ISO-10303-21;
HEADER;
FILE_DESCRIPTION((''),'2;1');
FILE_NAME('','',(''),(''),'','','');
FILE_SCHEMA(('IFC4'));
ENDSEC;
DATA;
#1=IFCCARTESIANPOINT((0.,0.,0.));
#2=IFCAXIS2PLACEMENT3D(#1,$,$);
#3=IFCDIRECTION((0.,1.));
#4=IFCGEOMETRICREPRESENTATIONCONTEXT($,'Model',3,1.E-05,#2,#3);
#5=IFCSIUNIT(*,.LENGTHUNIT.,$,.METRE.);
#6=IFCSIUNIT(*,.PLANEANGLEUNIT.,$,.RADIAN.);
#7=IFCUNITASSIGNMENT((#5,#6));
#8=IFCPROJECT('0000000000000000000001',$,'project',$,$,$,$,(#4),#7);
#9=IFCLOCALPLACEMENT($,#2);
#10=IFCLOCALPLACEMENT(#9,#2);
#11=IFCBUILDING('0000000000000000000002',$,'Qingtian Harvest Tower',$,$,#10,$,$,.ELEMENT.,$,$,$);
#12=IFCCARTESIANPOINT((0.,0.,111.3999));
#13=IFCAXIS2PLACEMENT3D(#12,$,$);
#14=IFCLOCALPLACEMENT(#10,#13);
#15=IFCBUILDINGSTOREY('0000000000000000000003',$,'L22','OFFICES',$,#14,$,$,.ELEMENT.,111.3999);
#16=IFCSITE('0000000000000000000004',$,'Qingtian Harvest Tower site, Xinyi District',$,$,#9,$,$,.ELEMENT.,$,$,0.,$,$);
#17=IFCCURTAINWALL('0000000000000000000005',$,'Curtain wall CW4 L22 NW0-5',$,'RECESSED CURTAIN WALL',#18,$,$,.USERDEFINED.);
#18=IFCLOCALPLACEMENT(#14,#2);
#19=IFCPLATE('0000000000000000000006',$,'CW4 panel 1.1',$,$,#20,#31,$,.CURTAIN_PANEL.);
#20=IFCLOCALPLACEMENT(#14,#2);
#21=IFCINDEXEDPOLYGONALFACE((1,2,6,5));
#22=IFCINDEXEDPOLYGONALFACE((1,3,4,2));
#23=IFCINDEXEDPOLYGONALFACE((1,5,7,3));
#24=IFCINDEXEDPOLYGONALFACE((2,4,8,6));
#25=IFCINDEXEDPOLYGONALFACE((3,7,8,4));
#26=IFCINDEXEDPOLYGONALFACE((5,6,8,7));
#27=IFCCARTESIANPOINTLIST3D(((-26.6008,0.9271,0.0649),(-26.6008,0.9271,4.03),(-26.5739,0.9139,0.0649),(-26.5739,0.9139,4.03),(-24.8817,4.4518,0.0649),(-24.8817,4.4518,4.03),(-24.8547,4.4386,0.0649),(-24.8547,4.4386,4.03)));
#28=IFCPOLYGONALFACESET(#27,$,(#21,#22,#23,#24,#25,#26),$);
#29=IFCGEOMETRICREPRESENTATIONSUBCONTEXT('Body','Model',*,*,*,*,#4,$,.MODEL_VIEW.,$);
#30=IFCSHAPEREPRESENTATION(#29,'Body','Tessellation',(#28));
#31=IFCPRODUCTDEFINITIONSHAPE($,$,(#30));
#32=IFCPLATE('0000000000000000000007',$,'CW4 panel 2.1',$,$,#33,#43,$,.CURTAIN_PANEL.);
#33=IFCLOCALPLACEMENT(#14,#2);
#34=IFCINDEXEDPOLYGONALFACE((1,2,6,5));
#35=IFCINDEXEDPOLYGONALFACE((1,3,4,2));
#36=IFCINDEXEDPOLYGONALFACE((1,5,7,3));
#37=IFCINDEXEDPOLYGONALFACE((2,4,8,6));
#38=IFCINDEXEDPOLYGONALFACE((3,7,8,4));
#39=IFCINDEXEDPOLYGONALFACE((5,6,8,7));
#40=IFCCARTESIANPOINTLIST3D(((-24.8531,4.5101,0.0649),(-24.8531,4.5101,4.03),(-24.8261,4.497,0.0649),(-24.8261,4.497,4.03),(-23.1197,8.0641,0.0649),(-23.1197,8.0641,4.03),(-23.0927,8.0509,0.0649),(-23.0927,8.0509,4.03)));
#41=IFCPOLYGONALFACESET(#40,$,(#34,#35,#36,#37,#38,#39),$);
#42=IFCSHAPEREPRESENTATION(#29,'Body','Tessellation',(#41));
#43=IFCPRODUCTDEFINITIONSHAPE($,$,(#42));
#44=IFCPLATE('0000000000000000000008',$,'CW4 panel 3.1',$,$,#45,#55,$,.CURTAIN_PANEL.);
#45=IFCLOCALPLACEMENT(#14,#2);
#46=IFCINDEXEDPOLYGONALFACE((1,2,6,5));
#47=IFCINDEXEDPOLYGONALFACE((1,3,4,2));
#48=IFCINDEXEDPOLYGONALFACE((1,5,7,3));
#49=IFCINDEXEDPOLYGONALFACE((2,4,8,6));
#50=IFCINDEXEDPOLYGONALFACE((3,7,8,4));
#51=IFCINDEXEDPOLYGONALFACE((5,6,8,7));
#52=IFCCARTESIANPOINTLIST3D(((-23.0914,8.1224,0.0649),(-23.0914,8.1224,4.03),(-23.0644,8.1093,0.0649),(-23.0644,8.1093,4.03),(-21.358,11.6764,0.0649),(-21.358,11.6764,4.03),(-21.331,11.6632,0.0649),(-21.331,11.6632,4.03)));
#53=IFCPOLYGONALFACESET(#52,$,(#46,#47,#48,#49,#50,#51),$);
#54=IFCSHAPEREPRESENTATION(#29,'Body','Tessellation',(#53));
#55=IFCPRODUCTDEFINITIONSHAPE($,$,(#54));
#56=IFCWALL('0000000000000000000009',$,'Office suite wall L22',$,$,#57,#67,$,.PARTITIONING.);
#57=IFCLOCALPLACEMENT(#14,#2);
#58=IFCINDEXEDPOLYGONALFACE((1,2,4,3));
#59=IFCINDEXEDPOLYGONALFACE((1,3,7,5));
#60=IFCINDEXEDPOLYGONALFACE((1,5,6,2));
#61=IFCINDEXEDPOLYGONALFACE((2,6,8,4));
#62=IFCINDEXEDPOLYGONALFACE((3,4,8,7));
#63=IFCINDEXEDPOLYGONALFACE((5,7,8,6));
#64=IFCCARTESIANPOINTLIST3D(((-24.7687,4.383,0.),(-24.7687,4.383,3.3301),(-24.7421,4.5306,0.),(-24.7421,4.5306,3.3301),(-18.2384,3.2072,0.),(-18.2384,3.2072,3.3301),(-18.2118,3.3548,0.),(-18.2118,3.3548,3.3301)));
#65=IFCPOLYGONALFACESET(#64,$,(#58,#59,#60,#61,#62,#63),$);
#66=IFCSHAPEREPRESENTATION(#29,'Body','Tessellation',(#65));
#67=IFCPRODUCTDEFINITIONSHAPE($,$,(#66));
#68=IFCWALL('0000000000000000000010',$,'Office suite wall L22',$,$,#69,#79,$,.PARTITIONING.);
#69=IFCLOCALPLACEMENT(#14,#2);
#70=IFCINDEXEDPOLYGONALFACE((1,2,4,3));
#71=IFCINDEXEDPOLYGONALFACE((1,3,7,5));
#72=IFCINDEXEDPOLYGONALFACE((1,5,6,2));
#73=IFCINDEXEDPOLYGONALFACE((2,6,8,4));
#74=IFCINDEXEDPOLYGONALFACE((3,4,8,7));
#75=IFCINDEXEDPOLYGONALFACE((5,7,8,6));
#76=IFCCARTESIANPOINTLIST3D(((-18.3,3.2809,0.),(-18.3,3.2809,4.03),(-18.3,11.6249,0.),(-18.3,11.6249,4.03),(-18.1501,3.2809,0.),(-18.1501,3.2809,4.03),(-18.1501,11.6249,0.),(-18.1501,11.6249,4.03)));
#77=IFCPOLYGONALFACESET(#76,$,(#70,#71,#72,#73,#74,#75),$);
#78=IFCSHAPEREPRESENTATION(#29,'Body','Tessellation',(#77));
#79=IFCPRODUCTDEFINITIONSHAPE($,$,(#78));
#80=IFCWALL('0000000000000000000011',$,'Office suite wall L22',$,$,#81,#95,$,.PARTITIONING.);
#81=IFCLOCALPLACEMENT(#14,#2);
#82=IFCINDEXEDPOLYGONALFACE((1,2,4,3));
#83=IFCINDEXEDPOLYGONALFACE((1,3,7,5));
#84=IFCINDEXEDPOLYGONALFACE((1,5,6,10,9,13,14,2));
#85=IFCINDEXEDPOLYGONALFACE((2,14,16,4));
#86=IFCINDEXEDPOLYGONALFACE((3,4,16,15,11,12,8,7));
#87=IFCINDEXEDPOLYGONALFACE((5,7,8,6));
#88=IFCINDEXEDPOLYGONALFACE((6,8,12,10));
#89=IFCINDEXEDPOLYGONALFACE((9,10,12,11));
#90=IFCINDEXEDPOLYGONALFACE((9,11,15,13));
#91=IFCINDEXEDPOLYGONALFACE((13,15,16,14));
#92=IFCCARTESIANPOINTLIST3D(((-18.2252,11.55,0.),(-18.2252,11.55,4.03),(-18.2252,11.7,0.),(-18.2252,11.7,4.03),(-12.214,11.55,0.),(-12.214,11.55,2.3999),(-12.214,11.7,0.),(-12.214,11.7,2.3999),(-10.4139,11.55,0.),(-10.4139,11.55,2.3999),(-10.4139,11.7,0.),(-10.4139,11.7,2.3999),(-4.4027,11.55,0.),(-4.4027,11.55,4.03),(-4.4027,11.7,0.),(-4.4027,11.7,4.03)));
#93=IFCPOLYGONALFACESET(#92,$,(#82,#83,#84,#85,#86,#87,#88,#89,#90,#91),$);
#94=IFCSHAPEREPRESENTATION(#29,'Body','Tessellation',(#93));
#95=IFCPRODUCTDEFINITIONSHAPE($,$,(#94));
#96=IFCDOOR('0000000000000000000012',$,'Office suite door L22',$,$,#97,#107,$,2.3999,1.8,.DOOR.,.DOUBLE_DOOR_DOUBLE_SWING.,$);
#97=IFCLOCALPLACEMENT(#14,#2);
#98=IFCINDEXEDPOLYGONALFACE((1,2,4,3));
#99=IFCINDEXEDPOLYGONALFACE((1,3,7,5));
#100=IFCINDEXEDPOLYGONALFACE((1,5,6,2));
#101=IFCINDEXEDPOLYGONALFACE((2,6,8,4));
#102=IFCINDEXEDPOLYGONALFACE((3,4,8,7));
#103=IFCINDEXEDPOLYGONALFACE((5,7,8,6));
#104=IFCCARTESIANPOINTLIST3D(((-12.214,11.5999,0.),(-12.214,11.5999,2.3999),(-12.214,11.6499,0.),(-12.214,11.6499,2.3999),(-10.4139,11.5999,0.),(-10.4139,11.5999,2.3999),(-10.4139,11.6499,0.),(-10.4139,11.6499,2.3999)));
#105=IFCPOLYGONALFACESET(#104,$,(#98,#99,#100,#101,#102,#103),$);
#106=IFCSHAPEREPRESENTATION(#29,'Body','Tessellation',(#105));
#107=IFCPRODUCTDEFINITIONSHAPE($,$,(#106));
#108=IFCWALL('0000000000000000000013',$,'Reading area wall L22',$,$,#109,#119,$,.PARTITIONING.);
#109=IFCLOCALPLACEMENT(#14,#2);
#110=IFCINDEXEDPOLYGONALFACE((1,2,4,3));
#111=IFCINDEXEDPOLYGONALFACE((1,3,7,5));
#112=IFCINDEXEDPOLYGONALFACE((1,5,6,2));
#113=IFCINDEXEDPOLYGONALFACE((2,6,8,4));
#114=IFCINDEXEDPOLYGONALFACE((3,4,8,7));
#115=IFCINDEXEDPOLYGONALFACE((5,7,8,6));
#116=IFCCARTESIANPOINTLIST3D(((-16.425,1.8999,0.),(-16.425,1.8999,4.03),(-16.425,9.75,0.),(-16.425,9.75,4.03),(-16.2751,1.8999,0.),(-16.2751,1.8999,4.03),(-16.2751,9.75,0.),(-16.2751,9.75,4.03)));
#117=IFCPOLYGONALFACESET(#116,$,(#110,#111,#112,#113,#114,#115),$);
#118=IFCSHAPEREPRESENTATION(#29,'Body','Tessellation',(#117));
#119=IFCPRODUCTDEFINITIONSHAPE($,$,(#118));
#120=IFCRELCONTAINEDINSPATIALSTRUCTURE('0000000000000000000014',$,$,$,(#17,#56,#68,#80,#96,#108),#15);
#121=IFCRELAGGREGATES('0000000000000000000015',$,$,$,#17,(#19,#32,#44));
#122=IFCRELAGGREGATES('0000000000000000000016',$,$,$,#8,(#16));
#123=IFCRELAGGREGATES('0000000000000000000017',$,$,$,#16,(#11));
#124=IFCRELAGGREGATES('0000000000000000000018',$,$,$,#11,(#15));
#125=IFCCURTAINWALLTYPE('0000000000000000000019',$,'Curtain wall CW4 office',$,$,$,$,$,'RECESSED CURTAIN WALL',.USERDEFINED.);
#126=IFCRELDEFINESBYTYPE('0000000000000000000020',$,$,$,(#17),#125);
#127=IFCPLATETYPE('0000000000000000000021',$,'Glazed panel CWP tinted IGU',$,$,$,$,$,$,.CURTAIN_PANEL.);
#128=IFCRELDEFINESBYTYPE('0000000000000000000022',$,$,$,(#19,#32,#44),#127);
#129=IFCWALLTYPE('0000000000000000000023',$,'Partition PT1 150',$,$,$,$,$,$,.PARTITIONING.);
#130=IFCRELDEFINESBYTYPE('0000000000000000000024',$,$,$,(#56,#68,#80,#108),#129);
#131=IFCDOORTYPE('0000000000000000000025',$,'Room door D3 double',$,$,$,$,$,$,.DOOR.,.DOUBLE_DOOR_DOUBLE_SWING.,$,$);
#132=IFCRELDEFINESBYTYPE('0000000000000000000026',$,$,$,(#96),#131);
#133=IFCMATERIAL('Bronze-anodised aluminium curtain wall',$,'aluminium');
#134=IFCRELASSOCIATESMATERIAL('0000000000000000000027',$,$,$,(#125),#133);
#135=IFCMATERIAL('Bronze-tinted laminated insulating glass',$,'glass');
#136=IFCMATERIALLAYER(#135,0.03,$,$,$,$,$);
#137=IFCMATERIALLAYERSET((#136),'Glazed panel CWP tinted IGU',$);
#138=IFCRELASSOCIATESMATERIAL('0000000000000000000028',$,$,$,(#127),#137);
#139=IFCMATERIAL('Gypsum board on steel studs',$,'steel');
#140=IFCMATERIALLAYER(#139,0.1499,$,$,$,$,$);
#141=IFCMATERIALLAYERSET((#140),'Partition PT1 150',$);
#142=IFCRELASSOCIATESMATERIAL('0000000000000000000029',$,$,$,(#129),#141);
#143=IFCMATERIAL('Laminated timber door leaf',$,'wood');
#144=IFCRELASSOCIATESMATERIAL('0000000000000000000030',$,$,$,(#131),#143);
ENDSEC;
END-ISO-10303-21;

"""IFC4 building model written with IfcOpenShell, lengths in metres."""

from ifc_helpers import new_model, si_unit, direction, frame, frame_2d, origin, origin_2d, place, context, subcontext, project, spatial, rectangle, extrude, material, layer, layer_set, type_object, element, fill, aggregate, save


model = new_model("IFC4")

# Units and contexts
model_context = context("Model", 3, precision=1e-05, world=origin(), true_north=direction((0.0, 1.0)))
body_context = subcontext(model_context, "Body", "Model", "MODEL_VIEW")
ifc_project = project(units=[si_unit("LENGTHUNIT", "METRE"), si_unit("PLANEANGLEUNIT", "RADIAN")], contexts=[model_context])

# Site, building, storey
site_placement = place(None, origin())
site = spatial("IfcSite", under=ifc_project, at=site_placement, Name="Qingtian Harvest Tower site, Xinyi District", CompositionType="ELEMENT", RefElevation=0.0)
building_placement = place(site_placement, origin())
building = spatial("IfcBuilding", under=site, at=building_placement, Name="Qingtian Harvest Tower", CompositionType="ELEMENT")
storey_placement = place(building_placement, frame((0.0, 0.0, 111.3999)))
storey = spatial("IfcBuildingStorey", under=building, at=storey_placement, Name="L22", Description="OFFICES", CompositionType="ELEMENT", Elevation=111.3999)

# Shared definitions
ifc_material_1 = material(Name="Bronze-anodised aluminium curtain wall", Category="aluminium")
curtain_wall_type = type_object("IfcCurtainWallType", Name="Curtain wall CW4 office", ElementType="RECESSED CURTAIN WALL", PredefinedType="USERDEFINED", material=ifc_material_1)

# Curtain wall
curtain_wall_1_placement = place(storey_placement, origin())
curtain_wall_1 = element("IfcCurtainWall", 1, at=curtain_wall_1_placement, inside=storey, type_object=curtain_wall_type, Name="Curtain wall CW4 L22 NW0-5", ObjectType="RECESSED CURTAIN WALL", PredefinedType="USERDEFINED")

# Plates
ifc_material_2 = material(Name="Bronze-tinted laminated insulating glass", Category="glass")
ifc_layer_1 = layer(ifc_material_2, 0.03)
ifc_layer_set_1 = layer_set([ifc_layer_1], Name="Glazed panel CWP tinted IGU")
plate_type = type_object("IfcPlateType", Name="Glazed panel CWP tinted IGU", PredefinedType="CURTAIN_PANEL", material=ifc_layer_set_1)
plate_1_placement = place(storey_placement, frame((-25.7278, 2.6829, 0.0649), z_axis=(0.0, 0.0, 1.0), x_axis=(0.438371, 0.898794, 0.0)))
plate_1 = element("IfcPlate", 2, at=plate_1_placement, type_object=plate_type, Name="CW4 panel 1.1", PredefinedType="CURTAIN_PANEL", context=body_context, shape_type="SweptSolid", body=[
    extrude(rectangle(XDim=3.9216, YDim=0.03, at=origin_2d()), origin(), (0.0, 0.0, 1.0), 3.9651),
])
plate_2_placement = place(storey_placement, frame((-23.9729, 6.2805, 0.0649), z_axis=(0.0, 0.0, 1.0), x_axis=(0.438371, 0.898794, 0.0)))
plate_2 = element("IfcPlate", 3, at=plate_2_placement, type_object=plate_type, Name="CW4 panel 2.1", PredefinedType="CURTAIN_PANEL", context=body_context, shape_type="SweptSolid", body=[
    extrude(rectangle(XDim=3.9541, YDim=0.03, at=origin_2d()), origin(), (0.0, 0.0, 1.0), 3.9651),
])
plate_3_placement = place(storey_placement, frame((-22.2112, 9.8928, 0.0649), z_axis=(0.0, 0.0, 1.0), x_axis=(0.438371, 0.898794, 0.0)))
plate_3 = element("IfcPlate", 4, at=plate_3_placement, type_object=plate_type, Name="CW4 panel 3.1", PredefinedType="CURTAIN_PANEL", context=body_context, shape_type="SweptSolid", body=[
    extrude(rectangle(XDim=3.9541, YDim=0.03, at=origin_2d()), origin(), (0.0, 0.0, 1.0), 3.9651),
])
aggregate(curtain_wall_1, [plate_1, plate_2, plate_3])

# Walls
ifc_material_3 = material(Name="Gypsum board on steel studs", Category="steel")
ifc_layer_2 = layer(ifc_material_3, 0.1499)
ifc_layer_set_2 = layer_set([ifc_layer_2], Name="Partition PT1 150")
wall_type = type_object("IfcWallType", Name="Partition PT1 150", PredefinedType="PARTITIONING", material=ifc_layer_set_2)
wall_1_placement = place(storey_placement, frame((-24.7554, 4.4568, 0.0), z_axis=(0.0, 0.0, 1.0), x_axis=(0.984175, -0.177201, 0.0)))
element("IfcWall", 5, at=wall_1_placement, inside=storey, type_object=wall_type, Name="Office suite wall L22", PredefinedType="PARTITIONING", context=body_context, shape_type="SweptSolid", body=[
    extrude(rectangle(XDim=6.6353, YDim=0.1499, at=frame_2d((3.3176, 0.0))), origin(), (0.0, 0.0, 1.0), 3.3301),
])
wall_2_placement = place(storey_placement, frame((-18.2251, 3.281, 0.0), z_axis=(0.0, 0.0, 1.0), x_axis=(0.0, 1.0, 0.0)))
element("IfcWall", 6, at=wall_2_placement, inside=storey, type_object=wall_type, Name="Office suite wall L22", PredefinedType="PARTITIONING", context=body_context, shape_type="SweptSolid", body=[
    extrude(rectangle(XDim=8.344, YDim=0.1499, at=frame_2d((4.1719, 0.0))), origin(), (0.0, 0.0, 1.0), 4.03),
])

# Wall, opening, door
wall_3_placement = place(storey_placement, frame((-18.2251, 11.625, 0.0), z_axis=(0.0, 0.0, 1.0), x_axis=(1.0, 0.0, 0.0)))
wall_3 = element("IfcWall", 7, at=wall_3_placement, inside=storey, type_object=wall_type, Name="Office suite wall L22", PredefinedType="PARTITIONING", context=body_context, shape_type="SweptSolid", body=[
    extrude(rectangle(XDim=13.8225, YDim=0.1499, at=frame_2d((6.9111, 0.0))), origin(), (0.0, 0.0, 1.0), 4.03),
])
opening_placement = place(wall_3_placement, frame((6.0112, 0.0, 0.0)))
opening = element("IfcOpeningElement", 8, at=opening_placement, cuts=wall_3, PredefinedType="OPENING", context=body_context, shape_type="SweptSolid", body=[
    extrude(rectangle(XDim=1.8, YDim=2.3999, at=frame_2d((0.8999, 1.2))), frame((0.0, 0.085, 0.0), z_axis=(0.0, -1.0, 0.0), x_axis=(1.0, 0.0, 0.0)), (0.0, 0.0, 1.0), 0.1699),
])
ifc_material_4 = material(Name="Laminated timber door leaf", Category="wood")
door_type = type_object("IfcDoorType", Name="Room door D3 double", OperationType="DOUBLE_DOOR_DOUBLE_SWING", PredefinedType="DOOR", material=ifc_material_4)
door_placement = place(opening_placement, origin())
door = element("IfcDoor", 9, at=door_placement, inside=storey, type_object=door_type, Name="Office suite door L22", OperationType="DOUBLE_DOOR_DOUBLE_SWING", OverallHeight=2.3999, OverallWidth=1.8, PredefinedType="DOOR", context=body_context, shape_type="SweptSolid", body=[
    extrude(rectangle(XDim=1.8, YDim=2.3999, at=frame_2d((0.8999, 1.2))), frame((0.0, 0.0249, 0.0), z_axis=(0.0, -1.0, 0.0), x_axis=(1.0, 0.0, 0.0)), (0.0, 0.0, 1.0), 0.05),
])
fill(opening, door)

# Wall
wall_4_placement = place(storey_placement, frame((-16.3501, 1.8999, 0.0), z_axis=(0.0, 0.0, 1.0), x_axis=(0.0, 1.0, 0.0)))
element("IfcWall", 10, at=wall_4_placement, inside=storey, type_object=wall_type, Name="Reading area wall L22", PredefinedType="PARTITIONING", context=body_context, shape_type="SweptSolid", body=[
    extrude(rectangle(XDim=7.8501, YDim=0.1499, at=frame_2d((3.925, 0.0))), origin(), (0.0, 0.0, 1.0), 4.03),
])

save(model, "model.ifc")
